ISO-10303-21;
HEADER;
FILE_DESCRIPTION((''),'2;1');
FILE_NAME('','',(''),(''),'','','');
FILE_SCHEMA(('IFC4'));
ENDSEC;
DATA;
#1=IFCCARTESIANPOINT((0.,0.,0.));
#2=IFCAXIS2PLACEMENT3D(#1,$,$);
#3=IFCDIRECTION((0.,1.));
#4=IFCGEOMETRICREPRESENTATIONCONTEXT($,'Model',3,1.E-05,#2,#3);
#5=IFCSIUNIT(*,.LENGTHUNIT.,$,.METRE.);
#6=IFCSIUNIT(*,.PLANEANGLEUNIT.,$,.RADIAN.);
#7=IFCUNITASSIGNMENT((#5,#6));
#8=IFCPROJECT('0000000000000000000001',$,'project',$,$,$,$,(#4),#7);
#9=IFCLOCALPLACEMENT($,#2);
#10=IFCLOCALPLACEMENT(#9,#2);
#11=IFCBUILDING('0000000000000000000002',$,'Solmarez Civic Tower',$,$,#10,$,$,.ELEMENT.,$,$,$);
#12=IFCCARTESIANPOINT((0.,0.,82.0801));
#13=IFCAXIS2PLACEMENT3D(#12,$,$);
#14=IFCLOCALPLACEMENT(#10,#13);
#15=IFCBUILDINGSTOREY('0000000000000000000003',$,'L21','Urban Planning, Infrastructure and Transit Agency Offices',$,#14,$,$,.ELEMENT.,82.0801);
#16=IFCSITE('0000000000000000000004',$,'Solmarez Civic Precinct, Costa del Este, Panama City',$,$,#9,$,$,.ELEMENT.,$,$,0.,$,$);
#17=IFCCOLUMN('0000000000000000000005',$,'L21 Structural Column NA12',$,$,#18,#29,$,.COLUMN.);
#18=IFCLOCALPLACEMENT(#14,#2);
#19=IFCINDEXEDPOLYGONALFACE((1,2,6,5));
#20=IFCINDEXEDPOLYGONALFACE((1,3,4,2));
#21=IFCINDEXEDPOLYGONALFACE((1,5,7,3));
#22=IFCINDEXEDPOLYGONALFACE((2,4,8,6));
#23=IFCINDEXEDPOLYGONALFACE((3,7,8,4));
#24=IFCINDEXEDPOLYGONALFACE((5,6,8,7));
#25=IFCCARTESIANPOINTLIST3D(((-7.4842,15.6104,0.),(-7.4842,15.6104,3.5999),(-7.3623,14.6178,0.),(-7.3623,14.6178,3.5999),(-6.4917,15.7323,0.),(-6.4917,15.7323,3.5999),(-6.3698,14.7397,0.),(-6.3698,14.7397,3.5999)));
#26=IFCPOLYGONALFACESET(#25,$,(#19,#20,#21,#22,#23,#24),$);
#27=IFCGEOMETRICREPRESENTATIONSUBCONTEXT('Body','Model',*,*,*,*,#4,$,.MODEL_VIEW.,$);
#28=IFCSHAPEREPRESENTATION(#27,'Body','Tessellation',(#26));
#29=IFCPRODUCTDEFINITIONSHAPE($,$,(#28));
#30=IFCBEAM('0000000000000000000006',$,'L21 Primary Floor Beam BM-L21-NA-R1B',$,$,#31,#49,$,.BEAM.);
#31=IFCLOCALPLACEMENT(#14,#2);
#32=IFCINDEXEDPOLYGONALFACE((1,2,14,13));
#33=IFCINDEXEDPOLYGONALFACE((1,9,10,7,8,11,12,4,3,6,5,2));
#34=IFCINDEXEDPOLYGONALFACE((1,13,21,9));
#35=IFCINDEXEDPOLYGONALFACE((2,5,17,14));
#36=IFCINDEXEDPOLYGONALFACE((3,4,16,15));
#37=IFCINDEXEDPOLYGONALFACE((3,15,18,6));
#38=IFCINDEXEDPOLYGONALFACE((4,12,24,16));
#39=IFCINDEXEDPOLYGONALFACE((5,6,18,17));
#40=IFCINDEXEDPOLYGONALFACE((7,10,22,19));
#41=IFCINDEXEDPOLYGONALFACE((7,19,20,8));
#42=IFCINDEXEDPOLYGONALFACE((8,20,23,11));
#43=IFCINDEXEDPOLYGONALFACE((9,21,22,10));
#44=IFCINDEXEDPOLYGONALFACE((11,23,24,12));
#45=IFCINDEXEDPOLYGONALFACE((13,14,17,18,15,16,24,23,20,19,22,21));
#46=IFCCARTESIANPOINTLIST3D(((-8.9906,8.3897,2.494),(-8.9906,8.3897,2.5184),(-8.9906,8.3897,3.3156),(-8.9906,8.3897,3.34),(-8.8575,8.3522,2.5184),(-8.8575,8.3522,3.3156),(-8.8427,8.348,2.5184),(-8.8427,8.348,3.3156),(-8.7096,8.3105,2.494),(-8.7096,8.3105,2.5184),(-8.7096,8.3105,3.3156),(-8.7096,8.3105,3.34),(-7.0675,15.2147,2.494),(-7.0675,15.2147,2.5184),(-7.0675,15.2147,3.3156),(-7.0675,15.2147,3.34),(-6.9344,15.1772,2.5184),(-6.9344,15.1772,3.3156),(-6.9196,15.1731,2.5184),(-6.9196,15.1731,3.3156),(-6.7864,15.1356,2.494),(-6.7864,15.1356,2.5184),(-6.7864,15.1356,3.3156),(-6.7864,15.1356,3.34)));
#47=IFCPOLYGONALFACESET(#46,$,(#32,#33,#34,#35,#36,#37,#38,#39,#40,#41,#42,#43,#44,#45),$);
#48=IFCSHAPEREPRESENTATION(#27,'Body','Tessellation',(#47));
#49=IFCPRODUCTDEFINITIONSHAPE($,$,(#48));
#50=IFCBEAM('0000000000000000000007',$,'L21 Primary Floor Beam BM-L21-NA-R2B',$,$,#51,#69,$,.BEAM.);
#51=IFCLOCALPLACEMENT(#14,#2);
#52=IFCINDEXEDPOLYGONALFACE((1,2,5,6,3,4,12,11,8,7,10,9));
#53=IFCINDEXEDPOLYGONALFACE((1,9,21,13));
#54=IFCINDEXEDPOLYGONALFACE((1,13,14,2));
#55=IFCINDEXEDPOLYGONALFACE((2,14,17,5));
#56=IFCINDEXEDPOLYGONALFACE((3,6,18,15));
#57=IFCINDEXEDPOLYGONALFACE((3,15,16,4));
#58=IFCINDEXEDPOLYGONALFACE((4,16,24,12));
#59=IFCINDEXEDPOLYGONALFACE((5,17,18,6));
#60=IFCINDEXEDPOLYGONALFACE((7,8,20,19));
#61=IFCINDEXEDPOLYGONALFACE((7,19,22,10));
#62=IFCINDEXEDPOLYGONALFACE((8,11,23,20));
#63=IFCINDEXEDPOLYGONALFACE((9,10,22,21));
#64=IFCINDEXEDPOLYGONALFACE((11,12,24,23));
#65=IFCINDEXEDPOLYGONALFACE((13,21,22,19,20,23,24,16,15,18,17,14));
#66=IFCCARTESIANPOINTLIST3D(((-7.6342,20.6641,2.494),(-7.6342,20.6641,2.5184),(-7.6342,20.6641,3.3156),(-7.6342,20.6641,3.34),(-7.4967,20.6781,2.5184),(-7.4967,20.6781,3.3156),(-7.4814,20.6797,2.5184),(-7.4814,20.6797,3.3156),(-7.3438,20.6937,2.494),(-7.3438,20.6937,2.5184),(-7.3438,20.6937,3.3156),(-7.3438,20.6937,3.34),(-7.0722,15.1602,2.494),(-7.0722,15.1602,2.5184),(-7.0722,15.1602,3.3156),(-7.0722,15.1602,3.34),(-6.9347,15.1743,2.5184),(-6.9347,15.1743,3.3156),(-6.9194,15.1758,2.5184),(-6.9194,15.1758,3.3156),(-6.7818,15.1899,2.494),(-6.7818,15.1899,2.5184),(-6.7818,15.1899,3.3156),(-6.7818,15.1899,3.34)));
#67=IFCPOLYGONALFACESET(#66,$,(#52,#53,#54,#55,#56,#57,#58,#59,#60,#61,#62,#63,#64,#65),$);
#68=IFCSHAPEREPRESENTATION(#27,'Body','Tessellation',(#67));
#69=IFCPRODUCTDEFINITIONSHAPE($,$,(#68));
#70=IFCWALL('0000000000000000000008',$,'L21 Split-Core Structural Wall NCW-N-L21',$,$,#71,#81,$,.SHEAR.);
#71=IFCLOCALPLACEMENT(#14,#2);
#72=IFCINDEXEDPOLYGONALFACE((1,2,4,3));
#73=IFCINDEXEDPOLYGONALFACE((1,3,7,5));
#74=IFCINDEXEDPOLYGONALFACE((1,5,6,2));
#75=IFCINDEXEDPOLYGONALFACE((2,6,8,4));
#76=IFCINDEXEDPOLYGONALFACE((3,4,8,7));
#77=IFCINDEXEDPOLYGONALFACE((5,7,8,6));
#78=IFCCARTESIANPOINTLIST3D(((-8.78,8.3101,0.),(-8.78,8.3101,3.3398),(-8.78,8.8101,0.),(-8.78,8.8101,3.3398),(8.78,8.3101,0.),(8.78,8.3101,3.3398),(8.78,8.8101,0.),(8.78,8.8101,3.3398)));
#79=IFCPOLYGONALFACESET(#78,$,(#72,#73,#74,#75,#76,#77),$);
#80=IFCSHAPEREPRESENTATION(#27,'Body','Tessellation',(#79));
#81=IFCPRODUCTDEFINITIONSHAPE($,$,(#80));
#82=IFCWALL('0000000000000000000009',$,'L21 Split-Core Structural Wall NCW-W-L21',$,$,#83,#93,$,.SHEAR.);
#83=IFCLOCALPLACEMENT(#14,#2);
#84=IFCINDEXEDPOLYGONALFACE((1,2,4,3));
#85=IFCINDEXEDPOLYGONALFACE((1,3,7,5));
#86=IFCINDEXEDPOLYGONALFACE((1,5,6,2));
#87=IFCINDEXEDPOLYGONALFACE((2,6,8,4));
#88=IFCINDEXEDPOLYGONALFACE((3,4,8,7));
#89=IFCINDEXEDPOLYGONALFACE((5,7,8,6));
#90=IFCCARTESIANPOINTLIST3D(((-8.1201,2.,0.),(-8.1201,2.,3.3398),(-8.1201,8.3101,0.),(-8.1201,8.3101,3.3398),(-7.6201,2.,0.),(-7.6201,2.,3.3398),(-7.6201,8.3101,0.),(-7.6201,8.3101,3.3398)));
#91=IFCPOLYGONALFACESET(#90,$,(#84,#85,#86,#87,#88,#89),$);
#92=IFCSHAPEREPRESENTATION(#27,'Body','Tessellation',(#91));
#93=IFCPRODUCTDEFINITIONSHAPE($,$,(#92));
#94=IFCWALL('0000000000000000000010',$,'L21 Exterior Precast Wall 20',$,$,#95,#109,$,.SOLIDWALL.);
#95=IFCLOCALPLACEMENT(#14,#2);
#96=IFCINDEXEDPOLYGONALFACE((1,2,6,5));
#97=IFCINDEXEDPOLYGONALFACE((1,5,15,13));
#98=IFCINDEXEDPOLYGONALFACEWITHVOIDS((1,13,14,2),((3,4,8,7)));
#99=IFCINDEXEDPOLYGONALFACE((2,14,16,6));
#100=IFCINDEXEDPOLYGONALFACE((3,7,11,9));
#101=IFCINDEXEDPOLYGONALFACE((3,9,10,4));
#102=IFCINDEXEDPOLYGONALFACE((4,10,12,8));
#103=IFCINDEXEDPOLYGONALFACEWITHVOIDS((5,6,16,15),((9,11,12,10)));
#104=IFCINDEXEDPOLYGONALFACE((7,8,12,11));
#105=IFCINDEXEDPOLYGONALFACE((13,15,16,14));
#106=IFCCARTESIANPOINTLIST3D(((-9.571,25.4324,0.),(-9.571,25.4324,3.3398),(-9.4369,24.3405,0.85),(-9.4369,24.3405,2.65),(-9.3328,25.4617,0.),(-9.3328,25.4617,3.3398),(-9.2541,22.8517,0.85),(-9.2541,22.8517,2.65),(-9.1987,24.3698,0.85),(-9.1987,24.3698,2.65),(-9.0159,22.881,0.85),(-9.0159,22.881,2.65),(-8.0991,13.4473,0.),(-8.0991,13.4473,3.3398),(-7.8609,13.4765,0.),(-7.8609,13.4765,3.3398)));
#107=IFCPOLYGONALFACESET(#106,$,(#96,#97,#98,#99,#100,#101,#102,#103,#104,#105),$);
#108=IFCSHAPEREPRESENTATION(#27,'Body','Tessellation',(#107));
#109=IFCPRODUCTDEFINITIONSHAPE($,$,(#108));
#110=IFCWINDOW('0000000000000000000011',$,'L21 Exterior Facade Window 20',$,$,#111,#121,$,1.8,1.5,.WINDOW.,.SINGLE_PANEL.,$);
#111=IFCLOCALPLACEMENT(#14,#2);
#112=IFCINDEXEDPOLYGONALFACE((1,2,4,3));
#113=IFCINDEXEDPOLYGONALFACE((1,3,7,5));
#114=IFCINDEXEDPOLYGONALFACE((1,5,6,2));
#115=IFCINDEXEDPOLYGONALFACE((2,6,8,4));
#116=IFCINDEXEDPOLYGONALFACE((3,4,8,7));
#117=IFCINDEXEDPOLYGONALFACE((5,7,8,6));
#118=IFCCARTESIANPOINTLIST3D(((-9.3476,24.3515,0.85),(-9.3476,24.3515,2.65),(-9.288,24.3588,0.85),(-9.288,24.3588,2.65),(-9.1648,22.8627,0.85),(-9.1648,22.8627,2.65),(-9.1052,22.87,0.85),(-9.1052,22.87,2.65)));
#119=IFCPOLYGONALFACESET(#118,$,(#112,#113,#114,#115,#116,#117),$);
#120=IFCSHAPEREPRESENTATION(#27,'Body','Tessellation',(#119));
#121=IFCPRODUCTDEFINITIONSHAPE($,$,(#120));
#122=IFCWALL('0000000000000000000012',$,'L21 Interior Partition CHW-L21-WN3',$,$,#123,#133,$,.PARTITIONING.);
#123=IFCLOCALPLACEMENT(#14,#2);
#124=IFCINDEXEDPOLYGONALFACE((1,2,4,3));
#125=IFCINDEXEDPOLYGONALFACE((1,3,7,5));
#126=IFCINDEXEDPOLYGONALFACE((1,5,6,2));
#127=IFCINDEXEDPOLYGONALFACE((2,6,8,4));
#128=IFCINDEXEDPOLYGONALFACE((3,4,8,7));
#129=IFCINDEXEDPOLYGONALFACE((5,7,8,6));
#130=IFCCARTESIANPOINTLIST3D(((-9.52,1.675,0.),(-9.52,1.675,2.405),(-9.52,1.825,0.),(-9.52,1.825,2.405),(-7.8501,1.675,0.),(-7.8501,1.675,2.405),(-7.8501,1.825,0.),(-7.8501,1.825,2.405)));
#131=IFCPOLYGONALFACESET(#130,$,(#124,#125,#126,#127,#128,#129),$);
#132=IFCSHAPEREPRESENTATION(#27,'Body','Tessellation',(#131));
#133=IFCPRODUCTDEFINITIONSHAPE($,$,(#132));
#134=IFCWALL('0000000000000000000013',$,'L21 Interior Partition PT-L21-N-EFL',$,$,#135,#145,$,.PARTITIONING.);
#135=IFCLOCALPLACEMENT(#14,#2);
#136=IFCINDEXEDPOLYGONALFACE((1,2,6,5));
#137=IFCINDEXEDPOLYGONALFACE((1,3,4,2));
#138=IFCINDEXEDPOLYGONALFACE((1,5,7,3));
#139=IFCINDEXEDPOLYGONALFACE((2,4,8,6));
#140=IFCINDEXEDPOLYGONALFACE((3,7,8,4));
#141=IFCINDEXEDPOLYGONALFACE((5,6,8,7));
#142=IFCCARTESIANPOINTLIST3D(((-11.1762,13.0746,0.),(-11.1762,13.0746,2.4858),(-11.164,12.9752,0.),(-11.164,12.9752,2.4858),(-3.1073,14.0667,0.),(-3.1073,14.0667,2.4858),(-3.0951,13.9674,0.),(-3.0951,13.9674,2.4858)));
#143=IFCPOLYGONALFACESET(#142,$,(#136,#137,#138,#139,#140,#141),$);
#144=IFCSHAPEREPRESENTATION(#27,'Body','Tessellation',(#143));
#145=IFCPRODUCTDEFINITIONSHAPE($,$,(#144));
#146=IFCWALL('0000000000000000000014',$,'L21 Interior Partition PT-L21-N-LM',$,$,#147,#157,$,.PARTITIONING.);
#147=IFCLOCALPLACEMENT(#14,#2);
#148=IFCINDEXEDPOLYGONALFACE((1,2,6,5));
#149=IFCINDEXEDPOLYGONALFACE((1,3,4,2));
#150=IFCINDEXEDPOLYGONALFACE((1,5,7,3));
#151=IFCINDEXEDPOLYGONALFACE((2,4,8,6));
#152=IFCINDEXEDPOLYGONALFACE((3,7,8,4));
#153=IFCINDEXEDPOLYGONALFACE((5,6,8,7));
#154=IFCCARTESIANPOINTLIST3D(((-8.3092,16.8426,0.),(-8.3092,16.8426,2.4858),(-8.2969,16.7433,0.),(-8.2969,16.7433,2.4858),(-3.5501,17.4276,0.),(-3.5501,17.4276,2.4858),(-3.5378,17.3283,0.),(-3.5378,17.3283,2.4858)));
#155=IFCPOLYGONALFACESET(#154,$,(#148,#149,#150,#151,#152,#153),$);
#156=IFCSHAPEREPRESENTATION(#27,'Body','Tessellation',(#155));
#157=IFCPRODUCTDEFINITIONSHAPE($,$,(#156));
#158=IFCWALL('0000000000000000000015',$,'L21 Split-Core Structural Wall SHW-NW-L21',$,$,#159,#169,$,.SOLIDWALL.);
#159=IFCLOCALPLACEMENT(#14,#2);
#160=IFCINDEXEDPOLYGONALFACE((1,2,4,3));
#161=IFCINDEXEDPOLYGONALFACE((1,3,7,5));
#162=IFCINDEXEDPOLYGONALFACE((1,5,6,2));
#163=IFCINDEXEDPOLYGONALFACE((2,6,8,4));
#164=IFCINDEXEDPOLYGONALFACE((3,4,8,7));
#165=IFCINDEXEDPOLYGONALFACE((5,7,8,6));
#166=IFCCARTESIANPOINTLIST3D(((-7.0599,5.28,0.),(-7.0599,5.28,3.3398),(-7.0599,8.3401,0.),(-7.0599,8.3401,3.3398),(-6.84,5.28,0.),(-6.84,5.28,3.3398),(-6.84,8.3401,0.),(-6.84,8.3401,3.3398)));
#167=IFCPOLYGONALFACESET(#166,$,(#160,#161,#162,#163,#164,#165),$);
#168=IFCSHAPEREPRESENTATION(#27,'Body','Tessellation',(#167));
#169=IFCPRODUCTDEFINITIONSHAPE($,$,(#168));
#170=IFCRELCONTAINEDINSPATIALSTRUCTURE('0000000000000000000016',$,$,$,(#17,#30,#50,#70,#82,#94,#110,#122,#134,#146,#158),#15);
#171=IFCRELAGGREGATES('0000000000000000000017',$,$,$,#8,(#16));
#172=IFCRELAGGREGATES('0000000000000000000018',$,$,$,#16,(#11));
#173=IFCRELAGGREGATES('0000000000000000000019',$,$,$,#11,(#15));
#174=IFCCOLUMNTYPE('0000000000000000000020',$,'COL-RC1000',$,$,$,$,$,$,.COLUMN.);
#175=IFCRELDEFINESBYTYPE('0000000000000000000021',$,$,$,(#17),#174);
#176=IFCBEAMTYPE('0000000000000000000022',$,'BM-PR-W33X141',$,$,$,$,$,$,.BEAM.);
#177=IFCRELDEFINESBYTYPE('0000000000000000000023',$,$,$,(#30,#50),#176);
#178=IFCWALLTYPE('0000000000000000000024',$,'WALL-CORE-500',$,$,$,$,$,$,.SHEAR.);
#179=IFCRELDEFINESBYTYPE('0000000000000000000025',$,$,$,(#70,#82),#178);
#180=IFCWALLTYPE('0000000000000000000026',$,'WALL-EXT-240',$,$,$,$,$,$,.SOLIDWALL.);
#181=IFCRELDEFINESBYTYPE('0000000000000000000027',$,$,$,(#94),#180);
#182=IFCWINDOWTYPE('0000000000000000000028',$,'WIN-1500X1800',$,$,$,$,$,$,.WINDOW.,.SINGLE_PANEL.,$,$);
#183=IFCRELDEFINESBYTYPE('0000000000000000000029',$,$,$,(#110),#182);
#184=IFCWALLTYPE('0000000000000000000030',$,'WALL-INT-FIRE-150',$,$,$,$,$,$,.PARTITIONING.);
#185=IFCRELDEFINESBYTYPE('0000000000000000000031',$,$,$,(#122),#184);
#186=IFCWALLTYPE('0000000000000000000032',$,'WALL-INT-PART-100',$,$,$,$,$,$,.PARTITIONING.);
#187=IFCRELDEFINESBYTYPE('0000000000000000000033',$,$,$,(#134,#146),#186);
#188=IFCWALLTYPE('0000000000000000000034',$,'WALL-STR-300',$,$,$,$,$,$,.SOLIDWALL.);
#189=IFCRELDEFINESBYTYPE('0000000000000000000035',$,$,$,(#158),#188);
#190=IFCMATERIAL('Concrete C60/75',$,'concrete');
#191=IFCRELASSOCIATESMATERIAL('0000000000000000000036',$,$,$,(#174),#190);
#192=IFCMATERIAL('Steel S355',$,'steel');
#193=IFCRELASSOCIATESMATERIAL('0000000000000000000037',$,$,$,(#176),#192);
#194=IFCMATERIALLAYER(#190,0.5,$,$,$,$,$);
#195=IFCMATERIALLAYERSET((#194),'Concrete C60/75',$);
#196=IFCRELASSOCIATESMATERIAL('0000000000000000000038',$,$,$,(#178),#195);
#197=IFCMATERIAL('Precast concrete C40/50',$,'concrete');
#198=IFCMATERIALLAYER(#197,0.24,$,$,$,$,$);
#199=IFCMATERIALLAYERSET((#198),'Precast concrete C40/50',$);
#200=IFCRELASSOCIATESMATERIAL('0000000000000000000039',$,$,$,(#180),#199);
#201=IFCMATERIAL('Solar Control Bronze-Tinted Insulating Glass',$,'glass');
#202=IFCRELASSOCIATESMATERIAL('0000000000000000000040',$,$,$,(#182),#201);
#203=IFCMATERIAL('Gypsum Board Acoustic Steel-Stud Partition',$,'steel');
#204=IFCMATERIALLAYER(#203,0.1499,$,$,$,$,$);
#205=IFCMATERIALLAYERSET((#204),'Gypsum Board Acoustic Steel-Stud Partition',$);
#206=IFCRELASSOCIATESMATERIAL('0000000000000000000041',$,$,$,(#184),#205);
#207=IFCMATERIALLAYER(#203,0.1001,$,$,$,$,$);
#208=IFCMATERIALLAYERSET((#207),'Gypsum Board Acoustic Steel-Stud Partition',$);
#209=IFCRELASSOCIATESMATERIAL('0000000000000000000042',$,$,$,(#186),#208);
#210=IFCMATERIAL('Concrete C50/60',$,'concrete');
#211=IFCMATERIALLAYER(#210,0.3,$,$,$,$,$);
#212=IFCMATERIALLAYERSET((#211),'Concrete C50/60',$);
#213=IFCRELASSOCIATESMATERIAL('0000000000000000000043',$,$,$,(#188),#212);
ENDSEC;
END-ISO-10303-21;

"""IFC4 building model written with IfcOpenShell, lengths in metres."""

from ifc_helpers import new_model, si_unit, direction, frame, frame_2d, origin, origin_2d, place, context, subcontext, project, spatial, rectangle, i_section, extrude, material, layer, layer_set, material_profile, profile_set, type_object, element, fill, save


model = new_model("IFC4")

# Units and contexts
model_context = context("Model", 3, precision=1e-05, world=origin(), true_north=direction((0.0, 1.0)))
body_context = subcontext(model_context, "Body", "Model", "MODEL_VIEW")
ifc_project = project(units=[si_unit("LENGTHUNIT", "METRE"), si_unit("PLANEANGLEUNIT", "RADIAN")], contexts=[model_context])

# Site, building, storey
site_placement = place(None, origin())
site = spatial("IfcSite", under=ifc_project, at=site_placement, Name="Solmarez Civic Precinct, Costa del Este, Panama City", CompositionType="ELEMENT", RefElevation=0.0)
building_placement = place(site_placement, origin())
building = spatial("IfcBuilding", under=site, at=building_placement, Name="Solmarez Civic Tower", CompositionType="ELEMENT")
storey_placement = place(building_placement, frame((0.0, 0.0, 82.0801)))
storey = spatial("IfcBuildingStorey", under=building, at=storey_placement, Name="L21", Description="Urban Planning, Infrastructure and Transit Agency Offices", CompositionType="ELEMENT", Elevation=82.0801)

# Column
ifc_material_1 = material(Name="Concrete C60/75", Category="concrete")
ifc_material_profile_1 = material_profile(ifc_material_1, rectangle(XDim=1.0, YDim=1.0, at=origin_2d()), Name="RC1000X1000")
ifc_profile_set_1 = profile_set([ifc_material_profile_1], Name="Concrete C60/75")
column_type = type_object("IfcColumnType", Name="COL-RC1000", PredefinedType="COLUMN", material=ifc_profile_set_1)
column_placement = place(storey_placement, frame((-6.927, 15.175, 0.0), z_axis=(0.0, 0.0, 1.0), x_axis=(0.992546, 0.121869, 0.0)))
element("IfcColumn", 1, at=column_placement, inside=storey, type_object=column_type, Name="L21 Structural Column NA12", PredefinedType="COLUMN", context=body_context, shape_type="SweptSolid", body=[
    extrude(rectangle(XDim=1.0, YDim=1.0, at=origin_2d()), origin(), (0.0, 0.0, 1.0), 3.5999),
])

# Beams
ifc_material_2 = material(Name="Steel S355", Category="steel")
ifc_material_profile_2 = material_profile(ifc_material_2, i_section(OverallWidth=0.292, OverallDepth=0.8459, WebThickness=0.0154, FlangeThickness=0.0244, at=origin_2d()), Name="W33X141")
ifc_profile_set_2 = profile_set([ifc_material_profile_2], Name="Steel S355")
beam_type = type_object("IfcBeamType", Name="BM-PR-W33X141", PredefinedType="BEAM", material=ifc_profile_set_2)
beam_1_placement = place(storey_placement, frame((-8.8501, 8.3501, 2.917), z_axis=(0.271213, 0.962519, 0.0), x_axis=(-0.962519, 0.271213, 0.0)))
element("IfcBeam", 2, at=beam_1_placement, inside=storey, type_object=beam_type, Name="L21 Primary Floor Beam BM-L21-NA-R1B", PredefinedType="BEAM", context=body_context, shape_type="SweptSolid", body=[
    extrude(i_section(OverallWidth=0.292, OverallDepth=0.8459, WebThickness=0.0154, FlangeThickness=0.0244, at=origin_2d()), origin(), (0.0, 0.0, 1.0), 7.0908),
])
beam_2_placement = place(storey_placement, frame((-6.927, 15.175, 2.917), z_axis=(-0.101583, 0.994827, 0.0), x_axis=(-0.994827, -0.101583, 0.0)))
element("IfcBeam", 3, at=beam_2_placement, inside=storey, type_object=beam_type, Name="L21 Primary Floor Beam BM-L21-NA-R2B", PredefinedType="BEAM", context=body_context, shape_type="SweptSolid", body=[
    extrude(i_section(OverallWidth=0.292, OverallDepth=0.8459, WebThickness=0.0154, FlangeThickness=0.0244, at=origin_2d()), origin(), (0.0, 0.0, 1.0), 5.5325),
])

# Walls
ifc_layer_1 = layer(ifc_material_1, 0.5)
ifc_layer_set_1 = layer_set([ifc_layer_1], Name="Concrete C60/75")
wall_type_1 = type_object("IfcWallType", Name="WALL-CORE-500", PredefinedType="SHEAR", material=ifc_layer_set_1)
wall_1_placement = place(storey_placement, frame((-8.78, 8.5601, 0.0), z_axis=(0.0, 0.0, 1.0), x_axis=(1.0, 0.0, 0.0)))
element("IfcWall", 4, at=wall_1_placement, inside=storey, type_object=wall_type_1, Name="L21 Split-Core Structural Wall NCW-N-L21", PredefinedType="SHEAR", context=body_context, shape_type="SweptSolid", body=[
    extrude(rectangle(XDim=17.5601, YDim=0.5, at=frame_2d((8.78, 0.0))), origin(), (0.0, 0.0, 1.0), 3.3398),
])
wall_2_placement = place(storey_placement, frame((-7.8701, 2.0, 0.0), z_axis=(0.0, 0.0, 1.0), x_axis=(0.0, 1.0, 0.0)))
element("IfcWall", 5, at=wall_2_placement, inside=storey, type_object=wall_type_1, Name="L21 Split-Core Structural Wall NCW-W-L21", PredefinedType="SHEAR", context=body_context, shape_type="SweptSolid", body=[
    extrude(rectangle(XDim=6.3101, YDim=0.5, at=frame_2d((3.155, 0.0))), origin(), (0.0, 0.0, 1.0), 3.3398),
])

# Wall, opening, window
ifc_material_3 = material(Name="Precast concrete C40/50", Category="concrete")
ifc_layer_2 = layer(ifc_material_3, 0.24)
ifc_layer_set_2 = layer_set([ifc_layer_2], Name="Precast concrete C40/50")
wall_type_2 = type_object("IfcWallType", Name="WALL-EXT-240", PredefinedType="SOLIDWALL", material=ifc_layer_set_2)
wall_3_placement = place(storey_placement, frame((-7.98, 13.4619, 0.0), z_axis=(0.0, 0.0, 1.0), x_axis=(-0.121897, 0.992543, 0.0)))
wall_3 = element("IfcWall", 6, at=wall_3_placement, inside=storey, type_object=wall_type_2, Name="L21 Exterior Precast Wall 20", PredefinedType="SOLIDWALL", context=body_context, shape_type="SweptSolid", body=[
    extrude(rectangle(XDim=12.0752, YDim=0.24, at=frame_2d((6.0376, 0.0))), origin(), (0.0, 0.0, 1.0), 3.3398),
])
opening_placement = place(wall_3_placement, frame((9.4751, 0.0, 0.8501)))
opening = element("IfcOpeningElement", 7, at=opening_placement, cuts=wall_3, PredefinedType="OPENING", context=body_context, shape_type="SweptSolid", body=[
    extrude(rectangle(XDim=1.5, YDim=1.8, at=frame_2d((0.75, 0.8999))), frame((0.0, 0.1299, 0.0), z_axis=(0.0, -1.0, 0.0), x_axis=(1.0, 0.0, 0.0)), (0.0, 0.0, 1.0), 0.26),
])
ifc_material_4 = material(Name="Solar Control Bronze-Tinted Insulating Glass", Category="glass")
window_type = type_object("IfcWindowType", Name="WIN-1500X1800", PartitioningType="SINGLE_PANEL", PredefinedType="WINDOW", material=ifc_material_4)
window_placement = place(opening_placement, origin())
window = element("IfcWindow", 8, at=window_placement, inside=storey, type_object=window_type, Name="L21 Exterior Facade Window 20", OverallHeight=1.8, OverallWidth=1.5, PartitioningType="SINGLE_PANEL", PredefinedType="WINDOW", context=body_context, shape_type="SweptSolid", body=[
    extrude(rectangle(XDim=1.5, YDim=1.8, at=frame_2d((0.75, 0.8999))), frame((0.0, 0.03, 0.0), z_axis=(0.0, -1.0, 0.0), x_axis=(1.0, 0.0, 0.0)), (0.0, 0.0, 1.0), 0.0601),
])
fill(opening, window)

# Walls
ifc_material_5 = material(Name="Gypsum Board Acoustic Steel-Stud Partition", Category="steel")
ifc_layer_3 = layer(ifc_material_5, 0.1499)
ifc_layer_set_3 = layer_set([ifc_layer_3], Name="Gypsum Board Acoustic Steel-Stud Partition")
wall_type_3 = type_object("IfcWallType", Name="WALL-INT-FIRE-150", PredefinedType="PARTITIONING", material=ifc_layer_set_3)
wall_4_placement = place(storey_placement, frame((-7.8501, 1.75, 0.0), z_axis=(0.0, 0.0, 1.0), x_axis=(-1.0, 0.0, 0.0)))
element("IfcWall", 9, at=wall_4_placement, inside=storey, type_object=wall_type_3, Name="L21 Interior Partition CHW-L21-WN3", PredefinedType="PARTITIONING", context=body_context, shape_type="SweptSolid", body=[
    extrude(rectangle(XDim=1.6699, YDim=0.1499, at=frame_2d((0.835, 0.0))), origin(), (0.0, 0.0, 1.0), 2.405),
])
ifc_layer_4 = layer(ifc_material_5, 0.1001)
ifc_layer_set_4 = layer_set([ifc_layer_4], Name="Gypsum Board Acoustic Steel-Stud Partition")
wall_type_4 = type_object("IfcWallType", Name="WALL-INT-PART-100", PredefinedType="PARTITIONING", material=ifc_layer_set_4)
wall_5_placement = place(storey_placement, frame((-3.1011, 14.0171, 0.0), z_axis=(0.0, 0.0, 1.0), x_axis=(-0.992524, -0.122046, 0.0)))
element("IfcWall", 10, at=wall_5_placement, inside=storey, type_object=wall_type_4, Name="L21 Interior Partition PT-L21-N-EFL", PredefinedType="PARTITIONING", context=body_context, shape_type="SweptSolid", body=[
    extrude(rectangle(XDim=8.1296, YDim=0.1001, at=frame_2d((4.0649, 0.0))), origin(), (0.0, 0.0, 1.0), 2.4858),
])
wall_6_placement = place(storey_placement, frame((-3.5439, 17.3779, 0.0), z_axis=(0.0, 0.0, 1.0), x_axis=(-0.99253, -0.121998, 0.0)))
element("IfcWall", 11, at=wall_6_placement, inside=storey, type_object=wall_type_4, Name="L21 Interior Partition PT-L21-N-LM", PredefinedType="PARTITIONING", context=body_context, shape_type="SweptSolid", body=[
    extrude(rectangle(XDim=4.7949, YDim=0.1001, at=frame_2d((2.3975, 0.0))), origin(), (0.0, 0.0, 1.0), 2.4858),
])
ifc_material_6 = material(Name="Concrete C50/60", Category="concrete")
ifc_layer_5 = layer(ifc_material_6, 0.3)
ifc_layer_set_5 = layer_set([ifc_layer_5], Name="Concrete C50/60")
wall_type_5 = type_object("IfcWallType", Name="WALL-STR-300", PredefinedType="SOLIDWALL", material=ifc_layer_set_5)
wall_7_placement = place(storey_placement, frame((-6.95, 5.28, 0.0), z_axis=(0.0, 0.0, 1.0), x_axis=(0.0, 1.0, 0.0)))
element("IfcWall", 12, at=wall_7_placement, inside=storey, type_object=wall_type_5, Name="L21 Split-Core Structural Wall SHW-NW-L21", PredefinedType="SOLIDWALL", context=body_context, shape_type="SweptSolid", body=[
    extrude(rectangle(XDim=3.0601, YDim=0.22, at=frame_2d((1.53, 0.0))), origin(), (0.0, 0.0, 1.0), 3.3398),
])

save(model, "model.ifc")
